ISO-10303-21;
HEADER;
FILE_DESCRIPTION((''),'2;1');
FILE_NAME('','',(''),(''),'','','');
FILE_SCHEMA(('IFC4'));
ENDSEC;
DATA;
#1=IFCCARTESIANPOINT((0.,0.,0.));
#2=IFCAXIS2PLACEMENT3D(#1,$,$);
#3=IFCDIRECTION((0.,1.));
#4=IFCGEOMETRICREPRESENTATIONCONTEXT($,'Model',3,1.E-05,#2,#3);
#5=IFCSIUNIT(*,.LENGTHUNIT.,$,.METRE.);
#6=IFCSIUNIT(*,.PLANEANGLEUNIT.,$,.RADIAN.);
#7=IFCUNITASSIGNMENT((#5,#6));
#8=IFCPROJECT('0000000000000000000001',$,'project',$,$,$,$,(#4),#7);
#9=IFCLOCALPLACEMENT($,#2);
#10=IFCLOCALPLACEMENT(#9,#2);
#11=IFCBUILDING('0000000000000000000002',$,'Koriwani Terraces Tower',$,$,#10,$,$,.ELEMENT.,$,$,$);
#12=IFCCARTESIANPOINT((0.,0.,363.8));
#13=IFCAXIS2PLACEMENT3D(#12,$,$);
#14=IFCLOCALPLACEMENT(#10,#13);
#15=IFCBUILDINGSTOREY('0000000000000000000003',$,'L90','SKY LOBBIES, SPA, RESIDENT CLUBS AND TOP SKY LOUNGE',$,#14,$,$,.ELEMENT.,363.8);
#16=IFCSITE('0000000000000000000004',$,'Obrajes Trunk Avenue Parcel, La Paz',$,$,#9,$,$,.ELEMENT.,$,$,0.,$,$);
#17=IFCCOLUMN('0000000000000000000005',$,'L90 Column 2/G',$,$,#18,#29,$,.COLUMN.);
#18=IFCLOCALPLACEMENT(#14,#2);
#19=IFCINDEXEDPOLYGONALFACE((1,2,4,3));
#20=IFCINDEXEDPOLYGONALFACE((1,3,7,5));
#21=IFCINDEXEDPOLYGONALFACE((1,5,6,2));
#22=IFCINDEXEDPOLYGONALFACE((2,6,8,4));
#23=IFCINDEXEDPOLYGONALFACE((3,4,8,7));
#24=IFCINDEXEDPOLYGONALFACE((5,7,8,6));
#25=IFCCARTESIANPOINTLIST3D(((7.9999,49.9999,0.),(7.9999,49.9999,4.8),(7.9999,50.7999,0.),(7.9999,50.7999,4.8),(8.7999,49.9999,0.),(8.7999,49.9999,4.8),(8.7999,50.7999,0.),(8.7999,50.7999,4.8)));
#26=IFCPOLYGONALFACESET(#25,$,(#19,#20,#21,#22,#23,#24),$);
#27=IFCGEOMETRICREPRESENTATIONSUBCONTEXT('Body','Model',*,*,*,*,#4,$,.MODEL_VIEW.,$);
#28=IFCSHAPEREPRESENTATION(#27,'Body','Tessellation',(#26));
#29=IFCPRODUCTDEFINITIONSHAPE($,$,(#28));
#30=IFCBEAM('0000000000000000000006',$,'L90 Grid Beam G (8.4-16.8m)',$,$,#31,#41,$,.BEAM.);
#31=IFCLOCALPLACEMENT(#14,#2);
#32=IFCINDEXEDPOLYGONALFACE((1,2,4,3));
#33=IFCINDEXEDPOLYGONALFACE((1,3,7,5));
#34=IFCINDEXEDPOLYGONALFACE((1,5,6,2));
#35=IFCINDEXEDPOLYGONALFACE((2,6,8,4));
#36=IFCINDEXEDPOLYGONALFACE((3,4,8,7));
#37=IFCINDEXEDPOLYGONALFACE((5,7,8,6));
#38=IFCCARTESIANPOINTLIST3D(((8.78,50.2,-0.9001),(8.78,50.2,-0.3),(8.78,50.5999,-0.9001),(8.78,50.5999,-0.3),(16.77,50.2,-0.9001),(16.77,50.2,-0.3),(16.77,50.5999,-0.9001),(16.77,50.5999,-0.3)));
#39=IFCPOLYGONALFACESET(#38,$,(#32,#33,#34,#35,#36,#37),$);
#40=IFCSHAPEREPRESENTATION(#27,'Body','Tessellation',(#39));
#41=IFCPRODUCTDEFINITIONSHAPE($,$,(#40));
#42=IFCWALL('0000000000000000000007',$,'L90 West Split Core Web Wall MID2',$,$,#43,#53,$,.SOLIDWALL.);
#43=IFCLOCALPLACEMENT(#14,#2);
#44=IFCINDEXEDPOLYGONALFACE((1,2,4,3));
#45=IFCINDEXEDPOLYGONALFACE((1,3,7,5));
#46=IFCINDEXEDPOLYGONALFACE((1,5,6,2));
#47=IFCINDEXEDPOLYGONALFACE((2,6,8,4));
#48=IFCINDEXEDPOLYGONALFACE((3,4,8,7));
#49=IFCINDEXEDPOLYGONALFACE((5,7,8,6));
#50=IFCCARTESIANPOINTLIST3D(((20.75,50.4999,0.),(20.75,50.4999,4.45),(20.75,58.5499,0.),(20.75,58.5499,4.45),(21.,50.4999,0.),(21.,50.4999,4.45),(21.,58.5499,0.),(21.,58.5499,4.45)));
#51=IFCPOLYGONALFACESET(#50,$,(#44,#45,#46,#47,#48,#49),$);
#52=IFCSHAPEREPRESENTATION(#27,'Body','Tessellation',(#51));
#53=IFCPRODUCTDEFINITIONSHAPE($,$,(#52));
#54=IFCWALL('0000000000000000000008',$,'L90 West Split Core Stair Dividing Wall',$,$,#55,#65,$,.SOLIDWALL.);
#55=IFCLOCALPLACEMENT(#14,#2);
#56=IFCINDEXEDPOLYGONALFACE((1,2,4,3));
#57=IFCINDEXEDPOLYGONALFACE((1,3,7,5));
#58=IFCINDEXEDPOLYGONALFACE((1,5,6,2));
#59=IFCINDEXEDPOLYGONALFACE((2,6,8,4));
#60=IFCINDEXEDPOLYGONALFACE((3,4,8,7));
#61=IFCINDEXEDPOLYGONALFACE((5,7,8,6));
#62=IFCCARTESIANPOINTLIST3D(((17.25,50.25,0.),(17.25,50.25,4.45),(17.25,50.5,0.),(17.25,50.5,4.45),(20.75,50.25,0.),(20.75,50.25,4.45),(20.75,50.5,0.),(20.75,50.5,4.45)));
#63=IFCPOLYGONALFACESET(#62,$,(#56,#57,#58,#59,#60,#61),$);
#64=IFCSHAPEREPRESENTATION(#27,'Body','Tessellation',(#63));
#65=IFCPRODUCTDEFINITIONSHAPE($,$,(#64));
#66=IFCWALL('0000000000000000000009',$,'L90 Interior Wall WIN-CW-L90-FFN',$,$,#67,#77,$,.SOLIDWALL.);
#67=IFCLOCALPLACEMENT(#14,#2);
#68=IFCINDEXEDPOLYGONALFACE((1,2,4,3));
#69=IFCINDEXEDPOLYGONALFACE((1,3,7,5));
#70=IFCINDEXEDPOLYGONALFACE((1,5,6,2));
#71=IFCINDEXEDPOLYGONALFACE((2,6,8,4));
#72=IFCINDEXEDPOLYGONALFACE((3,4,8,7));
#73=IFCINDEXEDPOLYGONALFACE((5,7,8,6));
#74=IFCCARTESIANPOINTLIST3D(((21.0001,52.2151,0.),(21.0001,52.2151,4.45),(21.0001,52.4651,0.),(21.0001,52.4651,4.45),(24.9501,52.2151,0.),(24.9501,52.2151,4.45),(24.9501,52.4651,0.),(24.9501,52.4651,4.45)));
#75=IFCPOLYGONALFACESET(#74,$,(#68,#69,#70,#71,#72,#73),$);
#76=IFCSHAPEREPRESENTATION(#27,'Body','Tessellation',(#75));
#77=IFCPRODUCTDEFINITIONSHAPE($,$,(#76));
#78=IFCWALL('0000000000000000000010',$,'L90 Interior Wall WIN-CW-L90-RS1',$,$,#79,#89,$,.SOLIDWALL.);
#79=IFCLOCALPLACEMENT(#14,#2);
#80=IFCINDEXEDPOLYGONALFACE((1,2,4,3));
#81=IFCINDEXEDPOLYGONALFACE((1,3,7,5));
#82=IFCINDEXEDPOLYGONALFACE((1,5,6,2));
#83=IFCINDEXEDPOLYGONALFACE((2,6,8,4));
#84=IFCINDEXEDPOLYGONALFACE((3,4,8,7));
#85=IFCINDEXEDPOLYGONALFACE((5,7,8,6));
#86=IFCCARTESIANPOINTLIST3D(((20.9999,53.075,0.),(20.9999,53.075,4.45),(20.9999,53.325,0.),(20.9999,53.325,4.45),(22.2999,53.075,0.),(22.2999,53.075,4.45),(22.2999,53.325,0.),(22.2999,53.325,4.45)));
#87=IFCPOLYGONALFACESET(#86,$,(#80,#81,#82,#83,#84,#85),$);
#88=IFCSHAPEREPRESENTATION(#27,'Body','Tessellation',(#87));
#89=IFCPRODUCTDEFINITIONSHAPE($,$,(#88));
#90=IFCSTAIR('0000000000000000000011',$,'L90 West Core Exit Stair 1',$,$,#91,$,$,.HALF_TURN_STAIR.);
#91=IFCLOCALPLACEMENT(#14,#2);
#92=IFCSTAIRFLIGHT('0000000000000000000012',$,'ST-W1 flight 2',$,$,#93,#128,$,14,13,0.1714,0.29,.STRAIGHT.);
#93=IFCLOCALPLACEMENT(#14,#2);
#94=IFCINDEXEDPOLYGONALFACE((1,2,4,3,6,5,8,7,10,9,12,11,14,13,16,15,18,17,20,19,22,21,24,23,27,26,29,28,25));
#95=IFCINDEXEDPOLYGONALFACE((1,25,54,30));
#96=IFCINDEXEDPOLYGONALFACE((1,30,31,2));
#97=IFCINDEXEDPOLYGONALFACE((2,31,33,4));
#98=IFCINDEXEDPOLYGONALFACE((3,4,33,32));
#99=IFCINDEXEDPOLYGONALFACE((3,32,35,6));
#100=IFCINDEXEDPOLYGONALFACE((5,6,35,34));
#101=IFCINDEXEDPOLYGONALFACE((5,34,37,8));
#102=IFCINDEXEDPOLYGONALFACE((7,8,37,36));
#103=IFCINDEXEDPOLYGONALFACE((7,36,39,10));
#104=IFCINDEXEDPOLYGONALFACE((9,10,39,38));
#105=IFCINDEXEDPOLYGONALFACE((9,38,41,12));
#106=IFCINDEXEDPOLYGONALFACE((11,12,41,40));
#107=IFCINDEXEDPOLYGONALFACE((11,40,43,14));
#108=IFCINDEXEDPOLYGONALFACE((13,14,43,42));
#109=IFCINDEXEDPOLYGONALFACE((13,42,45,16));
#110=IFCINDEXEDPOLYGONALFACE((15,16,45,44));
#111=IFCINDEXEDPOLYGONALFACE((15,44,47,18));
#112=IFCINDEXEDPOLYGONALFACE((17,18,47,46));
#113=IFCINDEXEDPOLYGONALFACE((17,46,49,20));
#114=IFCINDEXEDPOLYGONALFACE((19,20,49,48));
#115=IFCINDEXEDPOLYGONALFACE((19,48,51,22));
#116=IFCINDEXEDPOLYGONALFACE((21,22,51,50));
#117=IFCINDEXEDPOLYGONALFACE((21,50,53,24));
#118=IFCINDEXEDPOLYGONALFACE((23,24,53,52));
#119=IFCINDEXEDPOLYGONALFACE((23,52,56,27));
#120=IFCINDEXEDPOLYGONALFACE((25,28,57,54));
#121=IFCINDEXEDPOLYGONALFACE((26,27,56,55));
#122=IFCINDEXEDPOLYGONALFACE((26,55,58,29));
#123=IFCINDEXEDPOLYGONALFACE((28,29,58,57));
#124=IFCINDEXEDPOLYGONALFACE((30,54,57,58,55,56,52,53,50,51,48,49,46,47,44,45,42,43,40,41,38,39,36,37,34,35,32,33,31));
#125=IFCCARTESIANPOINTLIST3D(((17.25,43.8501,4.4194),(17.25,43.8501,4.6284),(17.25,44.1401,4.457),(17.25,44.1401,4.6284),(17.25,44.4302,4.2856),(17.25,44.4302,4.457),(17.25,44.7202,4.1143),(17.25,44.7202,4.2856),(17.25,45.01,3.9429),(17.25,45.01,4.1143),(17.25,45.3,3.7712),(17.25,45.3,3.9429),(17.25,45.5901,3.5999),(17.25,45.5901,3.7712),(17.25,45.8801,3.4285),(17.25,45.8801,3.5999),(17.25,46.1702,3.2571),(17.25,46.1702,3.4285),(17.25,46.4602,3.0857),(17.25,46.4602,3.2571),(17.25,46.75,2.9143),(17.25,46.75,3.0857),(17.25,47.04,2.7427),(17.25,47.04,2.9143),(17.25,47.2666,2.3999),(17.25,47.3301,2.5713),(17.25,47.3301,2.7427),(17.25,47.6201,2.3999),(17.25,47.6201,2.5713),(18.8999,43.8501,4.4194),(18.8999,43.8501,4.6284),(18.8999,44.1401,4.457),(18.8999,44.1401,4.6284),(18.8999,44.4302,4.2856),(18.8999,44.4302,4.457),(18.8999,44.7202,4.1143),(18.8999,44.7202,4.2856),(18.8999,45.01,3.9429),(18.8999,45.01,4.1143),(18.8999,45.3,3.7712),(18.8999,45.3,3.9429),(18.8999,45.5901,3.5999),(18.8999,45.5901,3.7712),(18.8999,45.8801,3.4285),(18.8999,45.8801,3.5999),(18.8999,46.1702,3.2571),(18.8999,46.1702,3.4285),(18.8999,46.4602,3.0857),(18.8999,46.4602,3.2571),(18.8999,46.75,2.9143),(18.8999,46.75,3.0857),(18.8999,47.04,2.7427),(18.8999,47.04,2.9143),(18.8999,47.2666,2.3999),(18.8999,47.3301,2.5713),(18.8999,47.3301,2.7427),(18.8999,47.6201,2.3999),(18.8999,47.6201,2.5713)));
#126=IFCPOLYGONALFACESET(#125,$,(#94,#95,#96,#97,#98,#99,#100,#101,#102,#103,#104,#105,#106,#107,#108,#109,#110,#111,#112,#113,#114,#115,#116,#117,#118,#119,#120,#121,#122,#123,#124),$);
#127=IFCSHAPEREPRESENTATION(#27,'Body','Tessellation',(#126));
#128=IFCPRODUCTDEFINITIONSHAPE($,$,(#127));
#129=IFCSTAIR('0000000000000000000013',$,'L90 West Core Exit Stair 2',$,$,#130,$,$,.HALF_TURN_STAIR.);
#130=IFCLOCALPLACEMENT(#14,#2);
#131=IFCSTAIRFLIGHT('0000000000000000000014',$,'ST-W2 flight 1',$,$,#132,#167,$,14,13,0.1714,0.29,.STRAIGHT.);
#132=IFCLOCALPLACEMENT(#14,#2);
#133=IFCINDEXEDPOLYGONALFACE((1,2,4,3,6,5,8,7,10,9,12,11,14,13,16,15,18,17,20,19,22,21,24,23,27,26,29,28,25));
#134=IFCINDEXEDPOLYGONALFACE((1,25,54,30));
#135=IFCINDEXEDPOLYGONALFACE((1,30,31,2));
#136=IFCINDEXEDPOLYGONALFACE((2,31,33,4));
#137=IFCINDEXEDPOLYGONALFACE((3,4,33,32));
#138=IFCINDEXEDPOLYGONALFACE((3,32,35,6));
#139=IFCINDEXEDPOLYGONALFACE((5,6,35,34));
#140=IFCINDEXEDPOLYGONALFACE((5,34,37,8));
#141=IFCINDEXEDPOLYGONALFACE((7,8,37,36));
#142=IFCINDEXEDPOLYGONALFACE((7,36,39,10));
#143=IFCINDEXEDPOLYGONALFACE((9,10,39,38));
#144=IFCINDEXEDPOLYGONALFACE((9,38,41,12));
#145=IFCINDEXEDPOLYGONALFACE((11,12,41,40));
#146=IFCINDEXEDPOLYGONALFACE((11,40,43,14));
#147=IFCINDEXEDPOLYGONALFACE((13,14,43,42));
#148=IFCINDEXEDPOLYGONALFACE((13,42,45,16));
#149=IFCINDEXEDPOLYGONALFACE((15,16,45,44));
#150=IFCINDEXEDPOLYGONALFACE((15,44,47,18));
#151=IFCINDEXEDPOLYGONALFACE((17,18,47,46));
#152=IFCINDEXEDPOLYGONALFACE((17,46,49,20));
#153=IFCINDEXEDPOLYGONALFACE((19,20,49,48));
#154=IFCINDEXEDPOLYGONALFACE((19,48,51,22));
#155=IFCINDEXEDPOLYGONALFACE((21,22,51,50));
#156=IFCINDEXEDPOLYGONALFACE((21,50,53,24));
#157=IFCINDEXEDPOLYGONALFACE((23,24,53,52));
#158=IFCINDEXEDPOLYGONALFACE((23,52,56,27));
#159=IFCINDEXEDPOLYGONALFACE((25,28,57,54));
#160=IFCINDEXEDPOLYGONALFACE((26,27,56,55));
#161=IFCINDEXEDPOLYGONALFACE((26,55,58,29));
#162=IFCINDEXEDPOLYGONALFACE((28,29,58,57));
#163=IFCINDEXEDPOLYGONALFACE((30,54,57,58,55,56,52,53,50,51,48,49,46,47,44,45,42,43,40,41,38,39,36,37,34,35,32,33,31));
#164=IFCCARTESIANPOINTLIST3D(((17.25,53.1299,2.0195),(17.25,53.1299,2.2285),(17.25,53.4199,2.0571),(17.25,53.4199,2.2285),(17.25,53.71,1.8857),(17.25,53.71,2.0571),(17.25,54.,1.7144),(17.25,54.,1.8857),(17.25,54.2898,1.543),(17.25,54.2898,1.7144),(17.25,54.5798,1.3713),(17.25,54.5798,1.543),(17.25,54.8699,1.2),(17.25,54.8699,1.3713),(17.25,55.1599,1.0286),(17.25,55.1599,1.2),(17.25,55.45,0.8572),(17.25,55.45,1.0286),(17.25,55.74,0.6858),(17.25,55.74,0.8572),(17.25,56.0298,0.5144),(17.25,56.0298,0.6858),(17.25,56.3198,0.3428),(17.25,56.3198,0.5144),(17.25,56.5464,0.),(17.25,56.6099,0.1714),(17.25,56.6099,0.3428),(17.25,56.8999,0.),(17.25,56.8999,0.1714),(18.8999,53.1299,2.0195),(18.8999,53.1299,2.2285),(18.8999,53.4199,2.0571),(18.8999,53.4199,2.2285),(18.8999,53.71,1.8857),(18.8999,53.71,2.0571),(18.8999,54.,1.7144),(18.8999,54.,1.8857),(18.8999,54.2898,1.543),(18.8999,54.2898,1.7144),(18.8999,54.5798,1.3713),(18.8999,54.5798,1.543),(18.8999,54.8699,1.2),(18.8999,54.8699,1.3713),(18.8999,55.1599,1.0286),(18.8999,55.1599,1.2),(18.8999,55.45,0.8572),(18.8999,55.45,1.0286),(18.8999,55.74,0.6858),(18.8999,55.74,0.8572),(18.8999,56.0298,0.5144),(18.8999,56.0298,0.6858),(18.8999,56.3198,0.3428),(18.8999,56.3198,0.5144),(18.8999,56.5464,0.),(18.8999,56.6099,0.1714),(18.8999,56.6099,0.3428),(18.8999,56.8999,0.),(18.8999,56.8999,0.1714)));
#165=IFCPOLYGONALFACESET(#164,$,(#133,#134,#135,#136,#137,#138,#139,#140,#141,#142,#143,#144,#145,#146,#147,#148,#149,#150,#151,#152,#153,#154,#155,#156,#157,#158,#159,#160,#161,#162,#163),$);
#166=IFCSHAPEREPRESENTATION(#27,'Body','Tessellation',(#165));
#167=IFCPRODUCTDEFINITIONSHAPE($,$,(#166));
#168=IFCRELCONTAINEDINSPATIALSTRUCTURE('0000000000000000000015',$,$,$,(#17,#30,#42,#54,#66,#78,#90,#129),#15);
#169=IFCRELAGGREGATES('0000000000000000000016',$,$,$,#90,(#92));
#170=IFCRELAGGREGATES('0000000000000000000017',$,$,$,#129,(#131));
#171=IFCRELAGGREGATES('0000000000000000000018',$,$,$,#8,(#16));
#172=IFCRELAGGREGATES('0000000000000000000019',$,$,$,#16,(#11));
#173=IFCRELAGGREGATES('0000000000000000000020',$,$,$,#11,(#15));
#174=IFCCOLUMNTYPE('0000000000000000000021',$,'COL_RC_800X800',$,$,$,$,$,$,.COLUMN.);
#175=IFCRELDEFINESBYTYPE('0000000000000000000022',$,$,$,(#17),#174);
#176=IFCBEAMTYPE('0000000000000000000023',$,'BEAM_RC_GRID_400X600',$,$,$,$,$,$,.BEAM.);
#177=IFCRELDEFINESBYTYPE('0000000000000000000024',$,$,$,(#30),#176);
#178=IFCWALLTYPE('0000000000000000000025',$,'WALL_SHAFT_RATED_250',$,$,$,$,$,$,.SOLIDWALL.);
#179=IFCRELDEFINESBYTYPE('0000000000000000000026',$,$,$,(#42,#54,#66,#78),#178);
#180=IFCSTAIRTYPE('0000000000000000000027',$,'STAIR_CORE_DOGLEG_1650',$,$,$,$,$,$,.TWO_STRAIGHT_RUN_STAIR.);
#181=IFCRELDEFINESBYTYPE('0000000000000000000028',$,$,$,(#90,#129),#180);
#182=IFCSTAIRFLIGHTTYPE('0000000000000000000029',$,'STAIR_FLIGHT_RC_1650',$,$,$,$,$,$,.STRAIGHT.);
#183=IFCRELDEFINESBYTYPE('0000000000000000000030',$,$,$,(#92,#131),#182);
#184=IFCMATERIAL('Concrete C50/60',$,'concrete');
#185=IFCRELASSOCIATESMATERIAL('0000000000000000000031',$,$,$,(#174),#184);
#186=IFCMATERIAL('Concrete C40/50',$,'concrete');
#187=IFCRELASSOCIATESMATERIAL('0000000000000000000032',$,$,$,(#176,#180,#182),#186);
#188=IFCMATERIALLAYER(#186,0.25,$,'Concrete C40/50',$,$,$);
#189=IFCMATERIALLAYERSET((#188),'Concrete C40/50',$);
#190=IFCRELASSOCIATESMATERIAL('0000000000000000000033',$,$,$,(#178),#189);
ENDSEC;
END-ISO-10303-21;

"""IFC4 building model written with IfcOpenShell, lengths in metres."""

from ifc_helpers import new_model, si_unit, direction, frame, frame_2d, origin, origin_2d, place, context, subcontext, project, spatial, polyline, rectangle, outline, extrude, material, layer, layer_set, material_profile, profile_set, type_object, element, aggregate, save


model = new_model("IFC4")

# Units and contexts
model_context = context("Model", 3, precision=1e-05, world=origin(), true_north=direction((0.0, 1.0)))
body_context = subcontext(model_context, "Body", "Model", "MODEL_VIEW")
ifc_project = project(units=[si_unit("LENGTHUNIT", "METRE"), si_unit("PLANEANGLEUNIT", "RADIAN")], contexts=[model_context])

# Site, building, storey
site_placement = place(None, origin())
site = spatial("IfcSite", under=ifc_project, at=site_placement, Name="Obrajes Trunk Avenue Parcel, La Paz", CompositionType="ELEMENT", RefElevation=0.0)
building_placement = place(site_placement, origin())
building = spatial("IfcBuilding", under=site, at=building_placement, Name="Koriwani Terraces Tower", CompositionType="ELEMENT")
storey_placement = place(building_placement, frame((0.0, 0.0, 363.8)))
storey = spatial("IfcBuildingStorey", under=building, at=storey_placement, Name="L90", Description="SKY LOBBIES, SPA, RESIDENT CLUBS AND TOP SKY LOUNGE", CompositionType="ELEMENT", Elevation=363.8)

# Column
ifc_material_1 = material(Name="Concrete C50/60", Category="concrete")
ifc_material_profile_1 = material_profile(ifc_material_1, rectangle(XDim=0.8, YDim=0.8, at=origin_2d()), Name="Concrete C50/60", Category="LoadBearing")
ifc_profile_set_1 = profile_set([ifc_material_profile_1], Name="Concrete C50/60")
column_type = type_object("IfcColumnType", Name="COL_RC_800X800", PredefinedType="COLUMN", material=ifc_profile_set_1)
column_placement = place(storey_placement, frame((8.3999, 50.3999, 0.0), z_axis=(0.0, 0.0, 1.0), x_axis=(1.0, 0.0, 0.0)))
element("IfcColumn", 1, at=column_placement, inside=storey, type_object=column_type, Name="L90 Column 2/G", PredefinedType="COLUMN", context=body_context, shape_type="SweptSolid", body=[
    extrude(rectangle(XDim=0.8, YDim=0.8, at=origin_2d()), origin(), (0.0, 0.0, 1.0), 4.8),
])

# Beam
ifc_material_2 = material(Name="Concrete C40/50", Category="concrete")
ifc_material_profile_2 = material_profile(ifc_material_2, rectangle(XDim=0.3999, YDim=0.6001, at=origin_2d()), Name="Concrete C40/50", Category="LoadBearing")
ifc_profile_set_2 = profile_set([ifc_material_profile_2], Name="Concrete C40/50")
beam_type = type_object("IfcBeamType", Name="BEAM_RC_GRID_400X600", PredefinedType="BEAM", material=ifc_profile_set_2)
beam_placement = place(storey_placement, frame((8.78, 50.3999, -0.6001), z_axis=(1.0, 0.0, 0.0), x_axis=(0.0, 1.0, 0.0)))
element("IfcBeam", 2, at=beam_placement, inside=storey, type_object=beam_type, Name="L90 Grid Beam G (8.4-16.8m)", PredefinedType="BEAM", context=body_context, shape_type="SweptSolid", body=[
    extrude(rectangle(XDim=0.3999, YDim=0.6001, at=origin_2d()), origin(), (0.0, 0.0, 1.0), 7.99),
])

# Walls
ifc_layer_1 = layer(ifc_material_2, 0.25, Name="Concrete C40/50")
ifc_layer_set_1 = layer_set([ifc_layer_1], Name="Concrete C40/50")
wall_type = type_object("IfcWallType", Name="WALL_SHAFT_RATED_250", PredefinedType="SOLIDWALL", material=ifc_layer_set_1)
wall_1_placement = place(storey_placement, frame((20.875, 50.5, 0.0), z_axis=(0.0, 0.0, 1.0), x_axis=(0.0, 1.0, 0.0)))
element("IfcWall", 3, at=wall_1_placement, inside=storey, type_object=wall_type, Name="L90 West Split Core Web Wall MID2", PredefinedType="SOLIDWALL", context=body_context, shape_type="SweptSolid", body=[
    extrude(rectangle(XDim=8.05, YDim=0.25, at=frame_2d((4.0249, 0.0))), origin(), (0.0, 0.0, 1.0), 4.45),
])
wall_2_placement = place(storey_placement, frame((17.25, 50.375, 0.0), z_axis=(0.0, 0.0, 1.0), x_axis=(1.0, 0.0, 0.0)))
element("IfcWall", 4, at=wall_2_placement, inside=storey, type_object=wall_type, Name="L90 West Split Core Stair Dividing Wall", PredefinedType="SOLIDWALL", context=body_context, shape_type="SweptSolid", body=[
    extrude(rectangle(XDim=3.5, YDim=0.25, at=frame_2d((1.75, 0.0))), origin(), (0.0, 0.0, 1.0), 4.45),
])

# Wall
wall_3_placement = place(storey_placement, frame((21.0, 52.3401, 0.0), z_axis=(0.0, 0.0, 1.0), x_axis=(1.0, 0.0, 0.0)))
element("IfcWall", 5, at=wall_3_placement, inside=storey, type_object=wall_type, Name="L90 Interior Wall WIN-CW-L90-FFN", PredefinedType="SOLIDWALL", context=body_context, shape_type="SweptSolid", body=[
    extrude(rectangle(XDim=3.95, YDim=0.25, at=frame_2d((1.9751, 0.0))), origin(), (0.0, 0.0, 1.0), 4.45),
])

# Wall
wall_4_placement = place(storey_placement, frame((21.0, 53.2, 0.0), z_axis=(0.0, 0.0, 1.0), x_axis=(1.0, 0.0, 0.0)))
element("IfcWall", 6, at=wall_4_placement, inside=storey, type_object=wall_type, Name="L90 Interior Wall WIN-CW-L90-RS1", PredefinedType="SOLIDWALL", context=body_context, shape_type="SweptSolid", body=[
    extrude(rectangle(XDim=1.3, YDim=0.25, at=frame_2d((0.6499, 0.0))), origin(), (0.0, 0.0, 1.0), 4.45),
])

# Stair, stair flight
stair_type = type_object("IfcStairType", Name="STAIR_CORE_DOGLEG_1650", PredefinedType="TWO_STRAIGHT_RUN_STAIR", material=ifc_material_2)
stair_1_placement = place(storey_placement, origin())
stair_1 = element("IfcStair", 7, at=stair_1_placement, inside=storey, type_object=stair_type, Name="L90 West Core Exit Stair 1", PredefinedType="HALF_TURN_STAIR")
stair_flight_type = type_object("IfcStairFlightType", Name="STAIR_FLIGHT_RC_1650", PredefinedType="STRAIGHT", material=ifc_material_2)
stair_flight_1_placement = place(storey_placement, frame((18.075, 47.6201, 2.3999), z_axis=(0.0, 0.0, 1.0), x_axis=(0.0, -1.0, 0.0)))
stair_flight_1 = element("IfcStairFlight", 8, at=stair_flight_1_placement, type_object=stair_flight_type, Name="ST-W1 flight 2", NumberOfRisers=14, NumberOfTreads=13, PredefinedType="STRAIGHT", RiserHeight=0.1714, TreadLength=0.29, context=body_context, shape_type="SweptSolid", body=[
    extrude(outline(polyline([(0.0, 0.0), (0.0, 0.1714), (0.29, 0.1714), (0.29, 0.3428), (0.5801, 0.3428), (0.5801, 0.5144), (0.8701, 0.5144), (0.8701, 0.6858), (1.1599, 0.6858), (1.1599, 0.8572), (1.45, 0.8572), (1.45, 1.0286), (1.74, 1.0286), (1.74, 1.2), (2.03, 1.2), (2.03, 1.3713), (2.3201, 1.3713), (2.3201, 1.543), (2.6101, 1.543), (2.6101, 1.7144), (2.8999, 1.7144), (2.8999, 1.8857), (3.1899, 1.8857), (3.1899, 2.0571), (3.48, 2.0571), (3.48, 2.2285), (3.77, 2.2285), (3.77, 2.3999), (3.77, 2.0195), (0.3535, 0.0), (0.0, 0.0)])), frame((0.0, 0.825, 0.0), z_axis=(0.0, -1.0, 0.0), x_axis=(1.0, 0.0, 0.0)), (0.0, 0.0, 1.0), 1.6499),
])
aggregate(stair_1, [stair_flight_1])

# Stair, stair flight
stair_2_placement = place(storey_placement, origin())
stair_2 = element("IfcStair", 9, at=stair_2_placement, inside=storey, type_object=stair_type, Name="L90 West Core Exit Stair 2", PredefinedType="HALF_TURN_STAIR")
stair_flight_2_placement = place(storey_placement, frame((18.075, 56.8999, 0.0), z_axis=(0.0, 0.0, 1.0), x_axis=(0.0, -1.0, 0.0)))
stair_flight_2 = element("IfcStairFlight", 10, at=stair_flight_2_placement, type_object=stair_flight_type, Name="ST-W2 flight 1", NumberOfRisers=14, NumberOfTreads=13, PredefinedType="STRAIGHT", RiserHeight=0.1714, TreadLength=0.29, context=body_context, shape_type="SweptSolid", body=[
    extrude(outline(polyline([(0.0, 0.0), (0.0, 0.1714), (0.29, 0.1714), (0.29, 0.3428), (0.5801, 0.3428), (0.5801, 0.5144), (0.8701, 0.5144), (0.8701, 0.6858), (1.1599, 0.6858), (1.1599, 0.8572), (1.45, 0.8572), (1.45, 1.0286), (1.74, 1.0286), (1.74, 1.2), (2.03, 1.2), (2.03, 1.3713), (2.3201, 1.3713), (2.3201, 1.543), (2.6101, 1.543), (2.6101, 1.7144), (2.8999, 1.7144), (2.8999, 1.8857), (3.1899, 1.8857), (3.1899, 2.0571), (3.48, 2.0571), (3.48, 2.2285), (3.77, 2.2285), (3.77, 2.3999), (3.77, 2.0195), (0.3535, 0.0), (0.0, 0.0)])), frame((0.0, 0.825, 0.0), z_axis=(0.0, -1.0, 0.0), x_axis=(1.0, 0.0, 0.0)), (0.0, 0.0, 1.0), 1.6499),
])
aggregate(stair_2, [stair_flight_2])

save(model, "model.ifc")
